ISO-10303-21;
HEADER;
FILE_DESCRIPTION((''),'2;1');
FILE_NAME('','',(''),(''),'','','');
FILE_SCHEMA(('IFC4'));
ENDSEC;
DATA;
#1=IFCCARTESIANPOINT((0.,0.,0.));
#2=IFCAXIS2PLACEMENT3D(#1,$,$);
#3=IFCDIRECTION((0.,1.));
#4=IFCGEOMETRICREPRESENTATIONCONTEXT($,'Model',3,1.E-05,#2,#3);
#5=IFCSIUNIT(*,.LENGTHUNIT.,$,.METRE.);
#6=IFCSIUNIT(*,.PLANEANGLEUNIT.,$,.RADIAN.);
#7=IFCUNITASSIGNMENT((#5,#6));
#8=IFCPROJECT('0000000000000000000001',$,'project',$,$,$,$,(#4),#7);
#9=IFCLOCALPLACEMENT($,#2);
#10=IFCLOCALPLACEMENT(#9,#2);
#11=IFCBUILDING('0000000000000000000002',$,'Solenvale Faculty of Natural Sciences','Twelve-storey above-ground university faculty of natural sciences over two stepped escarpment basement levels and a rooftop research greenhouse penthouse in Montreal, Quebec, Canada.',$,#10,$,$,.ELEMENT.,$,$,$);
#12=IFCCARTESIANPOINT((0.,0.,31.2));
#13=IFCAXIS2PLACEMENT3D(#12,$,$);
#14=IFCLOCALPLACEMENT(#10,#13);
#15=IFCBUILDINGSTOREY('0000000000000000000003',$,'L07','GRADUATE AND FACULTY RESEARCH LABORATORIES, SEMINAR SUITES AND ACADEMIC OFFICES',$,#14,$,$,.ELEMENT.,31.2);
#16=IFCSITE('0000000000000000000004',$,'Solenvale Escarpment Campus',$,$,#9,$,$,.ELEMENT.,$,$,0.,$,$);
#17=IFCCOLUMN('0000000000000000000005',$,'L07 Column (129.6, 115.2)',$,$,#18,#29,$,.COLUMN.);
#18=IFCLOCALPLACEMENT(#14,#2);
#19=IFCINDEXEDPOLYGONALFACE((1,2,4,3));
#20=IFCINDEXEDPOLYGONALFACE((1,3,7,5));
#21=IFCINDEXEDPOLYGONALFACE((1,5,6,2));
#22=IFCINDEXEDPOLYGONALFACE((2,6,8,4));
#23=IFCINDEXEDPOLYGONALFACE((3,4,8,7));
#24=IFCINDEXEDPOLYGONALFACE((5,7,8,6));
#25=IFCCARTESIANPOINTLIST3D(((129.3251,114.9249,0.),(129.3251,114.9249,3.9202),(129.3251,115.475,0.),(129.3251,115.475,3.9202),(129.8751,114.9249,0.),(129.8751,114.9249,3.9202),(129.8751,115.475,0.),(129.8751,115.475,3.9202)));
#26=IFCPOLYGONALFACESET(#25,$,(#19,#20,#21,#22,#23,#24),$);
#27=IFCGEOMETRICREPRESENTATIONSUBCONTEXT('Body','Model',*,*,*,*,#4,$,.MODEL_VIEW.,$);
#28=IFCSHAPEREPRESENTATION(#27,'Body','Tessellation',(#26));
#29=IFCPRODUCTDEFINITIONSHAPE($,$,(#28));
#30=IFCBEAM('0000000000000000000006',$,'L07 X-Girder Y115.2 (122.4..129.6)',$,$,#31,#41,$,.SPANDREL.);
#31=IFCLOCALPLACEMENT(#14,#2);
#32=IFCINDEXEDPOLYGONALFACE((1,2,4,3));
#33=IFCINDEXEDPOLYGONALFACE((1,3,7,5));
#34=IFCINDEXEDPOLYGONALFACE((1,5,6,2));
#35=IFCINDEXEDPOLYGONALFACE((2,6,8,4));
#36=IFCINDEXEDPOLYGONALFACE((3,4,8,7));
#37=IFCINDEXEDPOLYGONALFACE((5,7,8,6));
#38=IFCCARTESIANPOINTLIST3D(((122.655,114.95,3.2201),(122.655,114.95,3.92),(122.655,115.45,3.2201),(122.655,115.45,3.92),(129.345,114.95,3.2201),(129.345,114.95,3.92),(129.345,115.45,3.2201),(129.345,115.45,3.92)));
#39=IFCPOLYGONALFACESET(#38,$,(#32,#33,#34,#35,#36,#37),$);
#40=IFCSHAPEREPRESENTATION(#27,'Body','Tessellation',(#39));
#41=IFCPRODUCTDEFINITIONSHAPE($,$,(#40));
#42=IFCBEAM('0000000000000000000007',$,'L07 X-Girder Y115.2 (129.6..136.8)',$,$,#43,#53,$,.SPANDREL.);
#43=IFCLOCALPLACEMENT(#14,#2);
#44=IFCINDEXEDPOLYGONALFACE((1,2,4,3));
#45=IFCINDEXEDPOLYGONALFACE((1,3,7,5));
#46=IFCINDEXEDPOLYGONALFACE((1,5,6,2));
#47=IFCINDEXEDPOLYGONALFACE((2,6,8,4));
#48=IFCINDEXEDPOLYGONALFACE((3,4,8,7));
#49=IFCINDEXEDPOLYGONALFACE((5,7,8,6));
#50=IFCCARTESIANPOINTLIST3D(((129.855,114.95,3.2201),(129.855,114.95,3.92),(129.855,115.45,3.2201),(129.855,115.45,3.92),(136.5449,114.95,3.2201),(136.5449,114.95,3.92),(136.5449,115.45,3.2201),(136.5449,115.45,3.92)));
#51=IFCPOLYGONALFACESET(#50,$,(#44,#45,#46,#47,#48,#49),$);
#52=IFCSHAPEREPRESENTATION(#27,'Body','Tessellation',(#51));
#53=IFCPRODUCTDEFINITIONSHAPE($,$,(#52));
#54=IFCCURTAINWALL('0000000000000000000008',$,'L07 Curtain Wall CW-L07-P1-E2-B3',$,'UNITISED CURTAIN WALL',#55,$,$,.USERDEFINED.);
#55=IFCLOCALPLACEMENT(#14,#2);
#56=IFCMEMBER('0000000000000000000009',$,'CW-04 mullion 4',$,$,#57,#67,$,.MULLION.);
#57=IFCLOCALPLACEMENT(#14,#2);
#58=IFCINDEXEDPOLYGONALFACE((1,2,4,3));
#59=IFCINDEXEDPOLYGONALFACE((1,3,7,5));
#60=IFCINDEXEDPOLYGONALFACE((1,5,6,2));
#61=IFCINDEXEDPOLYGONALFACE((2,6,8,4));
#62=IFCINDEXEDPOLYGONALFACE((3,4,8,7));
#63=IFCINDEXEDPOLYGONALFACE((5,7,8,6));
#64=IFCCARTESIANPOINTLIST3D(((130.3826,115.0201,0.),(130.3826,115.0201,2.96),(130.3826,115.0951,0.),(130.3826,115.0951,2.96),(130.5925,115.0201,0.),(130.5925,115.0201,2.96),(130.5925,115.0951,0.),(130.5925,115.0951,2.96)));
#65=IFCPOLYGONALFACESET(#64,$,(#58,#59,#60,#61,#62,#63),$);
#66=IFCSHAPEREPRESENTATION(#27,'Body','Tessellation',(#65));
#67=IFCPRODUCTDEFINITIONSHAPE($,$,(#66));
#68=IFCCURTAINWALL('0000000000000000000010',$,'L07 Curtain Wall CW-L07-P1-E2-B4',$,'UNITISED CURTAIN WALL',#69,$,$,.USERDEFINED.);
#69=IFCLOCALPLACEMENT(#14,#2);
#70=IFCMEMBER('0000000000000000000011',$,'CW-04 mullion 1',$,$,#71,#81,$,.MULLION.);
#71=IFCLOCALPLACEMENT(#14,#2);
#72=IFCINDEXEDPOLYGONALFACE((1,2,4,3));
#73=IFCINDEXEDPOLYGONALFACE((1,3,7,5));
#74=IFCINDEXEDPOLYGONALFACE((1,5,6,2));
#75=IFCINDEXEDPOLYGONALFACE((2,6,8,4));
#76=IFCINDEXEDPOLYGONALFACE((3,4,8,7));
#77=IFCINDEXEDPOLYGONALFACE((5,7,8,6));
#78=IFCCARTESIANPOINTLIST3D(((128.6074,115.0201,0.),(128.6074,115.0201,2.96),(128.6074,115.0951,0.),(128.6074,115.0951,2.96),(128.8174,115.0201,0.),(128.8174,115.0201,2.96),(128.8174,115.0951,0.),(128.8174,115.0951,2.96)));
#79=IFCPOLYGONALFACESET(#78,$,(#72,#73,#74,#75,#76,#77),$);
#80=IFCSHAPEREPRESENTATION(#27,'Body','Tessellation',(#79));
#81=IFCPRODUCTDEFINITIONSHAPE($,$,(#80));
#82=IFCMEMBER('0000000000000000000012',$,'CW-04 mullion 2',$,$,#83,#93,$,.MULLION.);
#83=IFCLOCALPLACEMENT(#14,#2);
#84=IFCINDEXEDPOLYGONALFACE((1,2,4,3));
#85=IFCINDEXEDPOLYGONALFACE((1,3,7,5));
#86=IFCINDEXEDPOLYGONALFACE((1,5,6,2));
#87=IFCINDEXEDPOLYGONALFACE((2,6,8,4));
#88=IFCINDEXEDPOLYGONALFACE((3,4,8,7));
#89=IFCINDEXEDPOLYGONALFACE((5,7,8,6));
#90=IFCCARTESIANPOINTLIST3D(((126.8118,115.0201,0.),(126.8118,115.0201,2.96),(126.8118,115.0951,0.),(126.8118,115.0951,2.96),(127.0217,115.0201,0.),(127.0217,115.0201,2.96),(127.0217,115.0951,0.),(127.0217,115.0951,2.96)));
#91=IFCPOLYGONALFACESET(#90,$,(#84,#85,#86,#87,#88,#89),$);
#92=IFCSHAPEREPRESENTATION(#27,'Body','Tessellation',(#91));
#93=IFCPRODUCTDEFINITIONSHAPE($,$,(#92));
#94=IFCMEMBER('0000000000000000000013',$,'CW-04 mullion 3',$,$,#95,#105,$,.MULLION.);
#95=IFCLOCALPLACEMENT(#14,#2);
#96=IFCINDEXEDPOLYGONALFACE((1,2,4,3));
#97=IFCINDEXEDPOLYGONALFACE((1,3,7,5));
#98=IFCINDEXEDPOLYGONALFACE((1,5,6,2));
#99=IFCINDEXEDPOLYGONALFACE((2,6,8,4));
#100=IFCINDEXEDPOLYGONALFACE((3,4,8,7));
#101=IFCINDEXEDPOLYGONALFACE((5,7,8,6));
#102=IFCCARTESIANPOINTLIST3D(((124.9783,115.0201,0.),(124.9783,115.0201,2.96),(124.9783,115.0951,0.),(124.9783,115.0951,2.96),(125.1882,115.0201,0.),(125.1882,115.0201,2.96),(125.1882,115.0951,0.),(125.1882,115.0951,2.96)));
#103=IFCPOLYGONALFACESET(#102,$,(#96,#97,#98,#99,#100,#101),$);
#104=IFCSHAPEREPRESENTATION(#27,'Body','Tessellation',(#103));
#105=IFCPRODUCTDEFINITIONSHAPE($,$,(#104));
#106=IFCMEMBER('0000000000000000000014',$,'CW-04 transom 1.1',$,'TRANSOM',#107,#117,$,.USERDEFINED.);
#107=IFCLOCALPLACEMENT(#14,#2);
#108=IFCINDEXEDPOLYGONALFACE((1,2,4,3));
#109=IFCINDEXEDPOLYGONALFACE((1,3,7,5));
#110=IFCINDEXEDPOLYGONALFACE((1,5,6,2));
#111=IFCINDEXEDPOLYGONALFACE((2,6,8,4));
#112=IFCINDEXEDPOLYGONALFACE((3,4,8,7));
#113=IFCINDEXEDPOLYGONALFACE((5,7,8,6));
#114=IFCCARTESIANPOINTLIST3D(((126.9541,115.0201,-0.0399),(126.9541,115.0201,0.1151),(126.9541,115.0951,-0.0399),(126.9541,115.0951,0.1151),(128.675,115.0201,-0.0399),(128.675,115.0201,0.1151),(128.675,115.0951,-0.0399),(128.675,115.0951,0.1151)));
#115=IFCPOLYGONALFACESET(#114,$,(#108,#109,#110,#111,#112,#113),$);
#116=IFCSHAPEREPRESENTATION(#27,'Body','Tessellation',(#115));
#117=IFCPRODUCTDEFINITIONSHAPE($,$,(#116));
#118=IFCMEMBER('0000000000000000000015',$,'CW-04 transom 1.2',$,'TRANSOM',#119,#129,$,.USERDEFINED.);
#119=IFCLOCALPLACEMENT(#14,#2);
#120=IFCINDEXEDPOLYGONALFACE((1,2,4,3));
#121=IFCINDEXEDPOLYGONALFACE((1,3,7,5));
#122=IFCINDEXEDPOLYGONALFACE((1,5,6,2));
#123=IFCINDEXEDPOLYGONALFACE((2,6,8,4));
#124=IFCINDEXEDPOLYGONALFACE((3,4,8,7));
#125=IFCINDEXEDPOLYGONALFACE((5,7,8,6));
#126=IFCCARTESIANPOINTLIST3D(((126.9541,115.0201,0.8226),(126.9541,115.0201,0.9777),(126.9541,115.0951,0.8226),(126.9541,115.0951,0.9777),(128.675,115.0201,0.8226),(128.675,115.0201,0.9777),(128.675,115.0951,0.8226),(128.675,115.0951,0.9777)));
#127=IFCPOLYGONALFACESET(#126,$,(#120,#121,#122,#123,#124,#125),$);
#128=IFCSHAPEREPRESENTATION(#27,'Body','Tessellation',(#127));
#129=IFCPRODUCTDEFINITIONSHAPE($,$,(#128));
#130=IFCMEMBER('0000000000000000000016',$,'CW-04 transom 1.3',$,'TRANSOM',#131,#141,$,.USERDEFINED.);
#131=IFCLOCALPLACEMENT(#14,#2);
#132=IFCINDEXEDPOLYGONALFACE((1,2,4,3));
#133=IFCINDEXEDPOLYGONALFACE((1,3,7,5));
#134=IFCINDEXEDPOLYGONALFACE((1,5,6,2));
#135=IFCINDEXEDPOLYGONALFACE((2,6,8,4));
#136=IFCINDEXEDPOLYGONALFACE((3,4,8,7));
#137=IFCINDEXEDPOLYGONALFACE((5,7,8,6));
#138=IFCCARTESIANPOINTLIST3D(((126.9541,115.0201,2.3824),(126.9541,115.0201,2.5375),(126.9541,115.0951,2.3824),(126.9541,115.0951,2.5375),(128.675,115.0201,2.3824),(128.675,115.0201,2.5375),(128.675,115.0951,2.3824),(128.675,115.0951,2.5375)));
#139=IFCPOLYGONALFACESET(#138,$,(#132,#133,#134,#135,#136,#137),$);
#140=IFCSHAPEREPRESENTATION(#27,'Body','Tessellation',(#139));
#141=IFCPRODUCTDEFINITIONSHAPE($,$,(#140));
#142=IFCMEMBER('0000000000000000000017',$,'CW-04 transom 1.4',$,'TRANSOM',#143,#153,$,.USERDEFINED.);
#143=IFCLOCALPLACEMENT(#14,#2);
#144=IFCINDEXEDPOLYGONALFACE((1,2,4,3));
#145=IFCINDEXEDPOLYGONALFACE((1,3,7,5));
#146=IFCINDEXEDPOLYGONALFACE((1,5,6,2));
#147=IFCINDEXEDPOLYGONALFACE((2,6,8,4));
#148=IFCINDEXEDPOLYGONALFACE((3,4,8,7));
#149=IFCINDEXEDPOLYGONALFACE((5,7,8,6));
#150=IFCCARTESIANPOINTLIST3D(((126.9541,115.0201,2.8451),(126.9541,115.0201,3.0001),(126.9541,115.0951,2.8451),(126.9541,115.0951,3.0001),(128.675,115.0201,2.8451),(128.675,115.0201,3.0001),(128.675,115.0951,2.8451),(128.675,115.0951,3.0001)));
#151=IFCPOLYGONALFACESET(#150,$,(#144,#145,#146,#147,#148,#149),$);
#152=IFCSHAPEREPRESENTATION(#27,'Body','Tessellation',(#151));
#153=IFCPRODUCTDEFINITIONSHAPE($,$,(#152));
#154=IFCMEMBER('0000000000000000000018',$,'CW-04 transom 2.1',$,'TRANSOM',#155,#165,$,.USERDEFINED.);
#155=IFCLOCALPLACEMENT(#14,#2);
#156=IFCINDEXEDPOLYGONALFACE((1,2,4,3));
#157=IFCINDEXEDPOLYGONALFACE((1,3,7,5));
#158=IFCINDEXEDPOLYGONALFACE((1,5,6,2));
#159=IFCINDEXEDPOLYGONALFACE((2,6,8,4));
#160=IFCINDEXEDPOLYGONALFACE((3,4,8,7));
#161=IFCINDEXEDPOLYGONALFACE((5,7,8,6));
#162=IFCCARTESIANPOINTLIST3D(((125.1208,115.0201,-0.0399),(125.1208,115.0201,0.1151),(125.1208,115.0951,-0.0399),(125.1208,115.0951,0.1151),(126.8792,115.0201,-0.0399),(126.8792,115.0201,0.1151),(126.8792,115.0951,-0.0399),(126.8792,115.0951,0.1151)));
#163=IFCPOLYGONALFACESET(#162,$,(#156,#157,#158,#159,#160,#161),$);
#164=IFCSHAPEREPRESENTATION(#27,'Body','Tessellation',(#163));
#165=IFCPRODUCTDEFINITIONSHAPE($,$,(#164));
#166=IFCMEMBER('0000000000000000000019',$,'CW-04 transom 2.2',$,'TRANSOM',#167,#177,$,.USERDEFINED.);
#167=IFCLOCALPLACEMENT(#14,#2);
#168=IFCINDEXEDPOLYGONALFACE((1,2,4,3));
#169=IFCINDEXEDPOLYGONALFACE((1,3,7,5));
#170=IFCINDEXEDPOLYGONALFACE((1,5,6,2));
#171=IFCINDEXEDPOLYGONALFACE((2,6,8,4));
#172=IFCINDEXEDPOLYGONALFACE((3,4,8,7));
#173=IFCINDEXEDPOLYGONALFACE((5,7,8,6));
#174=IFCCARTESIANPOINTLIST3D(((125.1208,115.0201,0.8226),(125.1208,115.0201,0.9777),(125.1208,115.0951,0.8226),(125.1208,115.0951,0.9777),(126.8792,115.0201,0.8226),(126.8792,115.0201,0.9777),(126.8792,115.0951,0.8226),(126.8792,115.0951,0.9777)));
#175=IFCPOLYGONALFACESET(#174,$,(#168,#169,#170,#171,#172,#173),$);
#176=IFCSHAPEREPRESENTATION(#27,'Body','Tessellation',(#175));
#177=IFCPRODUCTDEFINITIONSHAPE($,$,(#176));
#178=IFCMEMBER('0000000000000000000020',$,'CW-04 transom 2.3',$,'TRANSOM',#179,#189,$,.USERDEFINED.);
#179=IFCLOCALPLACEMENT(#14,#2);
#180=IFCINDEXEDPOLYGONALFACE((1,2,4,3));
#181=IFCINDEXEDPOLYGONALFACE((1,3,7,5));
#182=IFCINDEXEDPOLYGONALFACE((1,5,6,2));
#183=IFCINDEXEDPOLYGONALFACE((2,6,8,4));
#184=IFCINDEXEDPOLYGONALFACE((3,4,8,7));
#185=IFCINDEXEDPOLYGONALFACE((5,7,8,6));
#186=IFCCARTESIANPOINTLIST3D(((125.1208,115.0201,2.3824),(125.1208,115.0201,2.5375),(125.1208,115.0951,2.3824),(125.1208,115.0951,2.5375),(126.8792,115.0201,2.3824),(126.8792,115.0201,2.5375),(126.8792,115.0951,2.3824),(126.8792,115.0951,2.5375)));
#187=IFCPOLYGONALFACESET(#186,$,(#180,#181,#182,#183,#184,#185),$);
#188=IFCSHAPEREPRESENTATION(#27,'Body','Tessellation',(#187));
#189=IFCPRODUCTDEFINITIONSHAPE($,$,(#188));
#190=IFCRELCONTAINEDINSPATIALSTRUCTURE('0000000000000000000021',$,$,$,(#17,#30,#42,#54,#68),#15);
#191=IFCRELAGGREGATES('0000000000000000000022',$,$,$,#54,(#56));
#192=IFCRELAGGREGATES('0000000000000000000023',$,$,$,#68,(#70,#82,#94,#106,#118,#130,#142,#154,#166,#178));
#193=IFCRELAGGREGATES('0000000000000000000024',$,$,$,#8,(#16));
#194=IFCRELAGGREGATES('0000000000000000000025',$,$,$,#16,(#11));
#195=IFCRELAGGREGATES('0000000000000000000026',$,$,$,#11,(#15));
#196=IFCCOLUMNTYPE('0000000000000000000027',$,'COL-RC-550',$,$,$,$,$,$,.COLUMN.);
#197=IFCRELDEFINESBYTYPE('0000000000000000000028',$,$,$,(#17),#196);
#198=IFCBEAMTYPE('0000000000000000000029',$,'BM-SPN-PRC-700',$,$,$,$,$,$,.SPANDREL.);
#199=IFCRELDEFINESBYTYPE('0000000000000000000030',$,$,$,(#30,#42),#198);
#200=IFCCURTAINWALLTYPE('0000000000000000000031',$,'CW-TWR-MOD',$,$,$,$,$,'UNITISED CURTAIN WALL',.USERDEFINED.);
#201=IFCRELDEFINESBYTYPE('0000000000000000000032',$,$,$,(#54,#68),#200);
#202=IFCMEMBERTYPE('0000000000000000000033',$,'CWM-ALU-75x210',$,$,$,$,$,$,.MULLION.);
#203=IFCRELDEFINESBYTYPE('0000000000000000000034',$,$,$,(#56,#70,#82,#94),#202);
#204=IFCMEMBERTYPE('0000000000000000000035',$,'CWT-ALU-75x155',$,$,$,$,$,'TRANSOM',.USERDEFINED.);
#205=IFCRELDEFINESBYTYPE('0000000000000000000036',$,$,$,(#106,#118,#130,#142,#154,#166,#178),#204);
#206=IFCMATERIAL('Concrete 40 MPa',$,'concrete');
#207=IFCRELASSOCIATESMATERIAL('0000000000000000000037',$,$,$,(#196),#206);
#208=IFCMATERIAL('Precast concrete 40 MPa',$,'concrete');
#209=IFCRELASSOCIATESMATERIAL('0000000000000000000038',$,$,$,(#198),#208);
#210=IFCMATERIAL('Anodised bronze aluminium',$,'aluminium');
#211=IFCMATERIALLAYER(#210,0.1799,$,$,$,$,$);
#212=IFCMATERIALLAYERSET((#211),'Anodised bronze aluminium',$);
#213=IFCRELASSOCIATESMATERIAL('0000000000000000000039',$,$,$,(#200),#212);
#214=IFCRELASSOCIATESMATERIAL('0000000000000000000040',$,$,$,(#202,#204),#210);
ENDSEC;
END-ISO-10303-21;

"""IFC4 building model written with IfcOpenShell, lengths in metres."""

from ifc_helpers import new_model, si_unit, direction, frame, origin, origin_2d, place, context, subcontext, project, spatial, rectangle, extrude, material, layer, layer_set, material_profile, profile_set, type_object, element, aggregate, save


model = new_model("IFC4")

# Units and contexts
model_context = context("Model", 3, precision=1e-05, world=origin(), true_north=direction((0.0, 1.0)))
body_context = subcontext(model_context, "Body", "Model", "MODEL_VIEW")
ifc_project = project(units=[si_unit("LENGTHUNIT", "METRE"), si_unit("PLANEANGLEUNIT", "RADIAN")], contexts=[model_context])

# Site, building, storey
site_placement = place(None, origin())
site = spatial("IfcSite", under=ifc_project, at=site_placement, Name="Solenvale Escarpment Campus", CompositionType="ELEMENT", RefElevation=0.0)
building_placement = place(site_placement, origin())
building = spatial("IfcBuilding", under=site, at=building_placement, Name="Solenvale Faculty of Natural Sciences", Description="Twelve-storey above-ground university faculty of natural sciences over two stepped escarpment basement levels and a rooftop research greenhouse penthouse in Montreal, Quebec, Canada.", CompositionType="ELEMENT")
storey_placement = place(building_placement, frame((0.0, 0.0, 31.2)))
storey = spatial("IfcBuildingStorey", under=building, at=storey_placement, Name="L07", Description="GRADUATE AND FACULTY RESEARCH LABORATORIES, SEMINAR SUITES AND ACADEMIC OFFICES", CompositionType="ELEMENT", Elevation=31.2)

# Column
ifc_material_1 = material(Name="Concrete 40 MPa", Category="concrete")
ifc_material_profile_1 = material_profile(ifc_material_1, rectangle(XDim=0.55, YDim=0.55, at=origin_2d()), Name="RC-COL-550x550")
ifc_profile_set_1 = profile_set([ifc_material_profile_1], Name="Concrete 40 MPa")
column_type = type_object("IfcColumnType", Name="COL-RC-550", PredefinedType="COLUMN", material=ifc_profile_set_1)
column_placement = place(storey_placement, frame((129.6001, 115.2, 0.0), z_axis=(0.0, 0.0, 1.0), x_axis=(1.0, 0.0, 0.0)))
element("IfcColumn", 1, at=column_placement, inside=storey, type_object=column_type, Name="L07 Column (129.6, 115.2)", PredefinedType="COLUMN", context=body_context, shape_type="SweptSolid", body=[
    extrude(rectangle(XDim=0.55, YDim=0.55, at=origin_2d()), origin(), (0.0, 0.0, 1.0), 3.9202),
])

# Beams
ifc_material_2 = material(Name="Precast concrete 40 MPa", Category="concrete")
ifc_material_profile_2 = material_profile(ifc_material_2, rectangle(XDim=0.5, YDim=0.7, at=origin_2d()), Name="RC-BM-500x700")
ifc_profile_set_2 = profile_set([ifc_material_profile_2], Name="Precast concrete 40 MPa")
beam_type = type_object("IfcBeamType", Name="BM-SPN-PRC-700", PredefinedType="SPANDREL", material=ifc_profile_set_2)
for number, where, z_axis, x_axis, name in (
    (2, (122.655, 115.2, 3.5701), (1.0, 0.0, 0.0), (0.0, 1.0, 0.0), "L07 X-Girder Y115.2 (122.4..129.6)"),
    (3, (129.855, 115.2, 3.5701), (1.0, 0.0, 0.0), (0.0, 1.0, 0.0), "L07 X-Girder Y115.2 (129.6..136.8)"),
):
    element("IfcBeam", number, at=place(storey_placement, frame(where, z_axis=z_axis, x_axis=x_axis)), inside=storey, type_object=beam_type, Name=name, PredefinedType="SPANDREL", context=body_context, shape_type="SweptSolid", body=[
        extrude(rectangle(XDim=0.5, YDim=0.7, at=origin_2d()), origin(), (0.0, 0.0, 1.0), 6.6899),
    ])

# Curtain wall, member
ifc_material_3 = material(Name="Anodised bronze aluminium", Category="aluminium")
ifc_layer_1 = layer(ifc_material_3, 0.1799)
ifc_layer_set_1 = layer_set([ifc_layer_1], Name="Anodised bronze aluminium")
curtain_wall_type = type_object("IfcCurtainWallType", Name="CW-TWR-MOD", ElementType="UNITISED CURTAIN WALL", PredefinedType="USERDEFINED", material=ifc_layer_set_1)
curtain_wall_1_placement = place(storey_placement, origin())
curtain_wall_1 = element("IfcCurtainWall", 4, at=curtain_wall_1_placement, inside=storey, type_object=curtain_wall_type, Name="L07 Curtain Wall CW-L07-P1-E2-B3", ObjectType="UNITISED CURTAIN WALL", PredefinedType="USERDEFINED")
ifc_material_profile_3 = material_profile(ifc_material_3, rectangle(XDim=0.075, YDim=0.21, at=origin_2d()), Name="ALU-MUL-75x210")
ifc_profile_set_3 = profile_set([ifc_material_profile_3], Name="Anodised bronze aluminium")
member_type_1 = type_object("IfcMemberType", Name="CWM-ALU-75x210", PredefinedType="MULLION", material=ifc_profile_set_3)
member_1_placement = place(storey_placement, frame((130.4875, 115.0576, 0.0), z_axis=(0.0, 0.0, 1.0), x_axis=(0.0, -1.0, 0.0)))
member_1 = element("IfcMember", 5, at=member_1_placement, type_object=member_type_1, Name="CW-04 mullion 4", PredefinedType="MULLION", context=body_context, shape_type="SweptSolid", body=[
    extrude(rectangle(XDim=0.075, YDim=0.21, at=origin_2d()), origin(), (0.0, 0.0, 1.0), 2.96),
])
aggregate(curtain_wall_1, [member_1])

# Curtain wall, members
curtain_wall_2_placement = place(storey_placement, origin())
curtain_wall_2 = element("IfcCurtainWall", 6, at=curtain_wall_2_placement, inside=storey, type_object=curtain_wall_type, Name="L07 Curtain Wall CW-L07-P1-E2-B4", ObjectType="UNITISED CURTAIN WALL", PredefinedType="USERDEFINED")
member_2_placement = place(storey_placement, frame((128.7124, 115.0576, 0.0), z_axis=(0.0, 0.0, 1.0), x_axis=(0.0, -1.0, 0.0)))
member_2 = element("IfcMember", 7, at=member_2_placement, type_object=member_type_1, Name="CW-04 mullion 1", PredefinedType="MULLION", context=body_context, shape_type="SweptSolid", body=[
    extrude(rectangle(XDim=0.075, YDim=0.21, at=origin_2d()), origin(), (0.0, 0.0, 1.0), 2.96),
])
member_3_placement = place(storey_placement, frame((126.9167, 115.0576, 0.0), z_axis=(0.0, 0.0, 1.0), x_axis=(0.0, -1.0, 0.0)))
member_3 = element("IfcMember", 8, at=member_3_placement, type_object=member_type_1, Name="CW-04 mullion 2", PredefinedType="MULLION", context=body_context, shape_type="SweptSolid", body=[
    extrude(rectangle(XDim=0.075, YDim=0.21, at=origin_2d()), origin(), (0.0, 0.0, 1.0), 2.96),
])
member_4_placement = place(storey_placement, frame((125.0833, 115.0576, 0.0), z_axis=(0.0, 0.0, 1.0), x_axis=(0.0, -1.0, 0.0)))
member_4 = element("IfcMember", 9, at=member_4_placement, type_object=member_type_1, Name="CW-04 mullion 3", PredefinedType="MULLION", context=body_context, shape_type="SweptSolid", body=[
    extrude(rectangle(XDim=0.075, YDim=0.21, at=origin_2d()), origin(), (0.0, 0.0, 1.0), 2.96),
])
ifc_material_profile_4 = material_profile(ifc_material_3, rectangle(XDim=0.075, YDim=0.155, at=origin_2d()), Name="ALU-TRN-75x155")
ifc_profile_set_4 = profile_set([ifc_material_profile_4], Name="Anodised bronze aluminium")
member_type_2 = type_object("IfcMemberType", Name="CWT-ALU-75x155", ElementType="TRANSOM", PredefinedType="USERDEFINED", material=ifc_profile_set_4)
member_5_placement = place(storey_placement, frame((128.675, 115.0576, 0.0376), z_axis=(-1.0, 0.0, 0.0), x_axis=(0.0, -1.0, 0.0)))
member_5 = element("IfcMember", 10, at=member_5_placement, type_object=member_type_2, Name="CW-04 transom 1.1", ObjectType="TRANSOM", PredefinedType="USERDEFINED", context=body_context, shape_type="SweptSolid", body=[
    extrude(rectangle(XDim=0.075, YDim=0.155, at=origin_2d()), origin(), (0.0, 0.0, 1.0), 1.7209),
])
member_6_placement = place(storey_placement, frame((128.675, 115.0576, 0.9001), z_axis=(-1.0, 0.0, 0.0), x_axis=(0.0, -1.0, 0.0)))
member_6 = element("IfcMember", 11, at=member_6_placement, type_object=member_type_2, Name="CW-04 transom 1.2", ObjectType="TRANSOM", PredefinedType="USERDEFINED", context=body_context, shape_type="SweptSolid", body=[
    extrude(rectangle(XDim=0.075, YDim=0.155, at=origin_2d()), origin(), (0.0, 0.0, 1.0), 1.7209),
])
member_7_placement = place(storey_placement, frame((128.675, 115.0576, 2.46), z_axis=(-1.0, 0.0, 0.0), x_axis=(0.0, -1.0, 0.0)))
member_7 = element("IfcMember", 12, at=member_7_placement, type_object=member_type_2, Name="CW-04 transom 1.3", ObjectType="TRANSOM", PredefinedType="USERDEFINED", context=body_context, shape_type="SweptSolid", body=[
    extrude(rectangle(XDim=0.075, YDim=0.155, at=origin_2d()), origin(), (0.0, 0.0, 1.0), 1.7209),
])
member_8_placement = place(storey_placement, frame((128.675, 115.0576, 2.9226), z_axis=(-1.0, 0.0, 0.0), x_axis=(0.0, -1.0, 0.0)))
member_8 = element("IfcMember", 13, at=member_8_placement, type_object=member_type_2, Name="CW-04 transom 1.4", ObjectType="TRANSOM", PredefinedType="USERDEFINED", context=body_context, shape_type="SweptSolid", body=[
    extrude(rectangle(XDim=0.075, YDim=0.155, at=origin_2d()), origin(), (0.0, 0.0, 1.0), 1.7209),
])
member_9_placement = place(storey_placement, frame((126.8792, 115.0576, 0.0376), z_axis=(-1.0, 0.0, 0.0), x_axis=(0.0, -1.0, 0.0)))
member_9 = element("IfcMember", 14, at=member_9_placement, type_object=member_type_2, Name="CW-04 transom 2.1", ObjectType="TRANSOM", PredefinedType="USERDEFINED", context=body_context, shape_type="SweptSolid", body=[
    extrude(rectangle(XDim=0.075, YDim=0.155, at=origin_2d()), origin(), (0.0, 0.0, 1.0), 1.7583),
])
member_10_placement = place(storey_placement, frame((126.8792, 115.0576, 0.9001), z_axis=(-1.0, 0.0, 0.0), x_axis=(0.0, -1.0, 0.0)))
member_10 = element("IfcMember", 15, at=member_10_placement, type_object=member_type_2, Name="CW-04 transom 2.2", ObjectType="TRANSOM", PredefinedType="USERDEFINED", context=body_context, shape_type="SweptSolid", body=[
    extrude(rectangle(XDim=0.075, YDim=0.155, at=origin_2d()), origin(), (0.0, 0.0, 1.0), 1.7583),
])
member_11_placement = place(storey_placement, frame((126.8792, 115.0576, 2.46), z_axis=(-1.0, 0.0, 0.0), x_axis=(0.0, -1.0, 0.0)))
member_11 = element("IfcMember", 16, at=member_11_placement, type_object=member_type_2, Name="CW-04 transom 2.3", ObjectType="TRANSOM", PredefinedType="USERDEFINED", context=body_context, shape_type="SweptSolid", body=[
    extrude(rectangle(XDim=0.075, YDim=0.155, at=origin_2d()), origin(), (0.0, 0.0, 1.0), 1.7583),
])
aggregate(curtain_wall_2, [member_2, member_3, member_4, member_5, member_6, member_7, member_8, member_9, member_10, member_11])

save(model, "model.ifc")
